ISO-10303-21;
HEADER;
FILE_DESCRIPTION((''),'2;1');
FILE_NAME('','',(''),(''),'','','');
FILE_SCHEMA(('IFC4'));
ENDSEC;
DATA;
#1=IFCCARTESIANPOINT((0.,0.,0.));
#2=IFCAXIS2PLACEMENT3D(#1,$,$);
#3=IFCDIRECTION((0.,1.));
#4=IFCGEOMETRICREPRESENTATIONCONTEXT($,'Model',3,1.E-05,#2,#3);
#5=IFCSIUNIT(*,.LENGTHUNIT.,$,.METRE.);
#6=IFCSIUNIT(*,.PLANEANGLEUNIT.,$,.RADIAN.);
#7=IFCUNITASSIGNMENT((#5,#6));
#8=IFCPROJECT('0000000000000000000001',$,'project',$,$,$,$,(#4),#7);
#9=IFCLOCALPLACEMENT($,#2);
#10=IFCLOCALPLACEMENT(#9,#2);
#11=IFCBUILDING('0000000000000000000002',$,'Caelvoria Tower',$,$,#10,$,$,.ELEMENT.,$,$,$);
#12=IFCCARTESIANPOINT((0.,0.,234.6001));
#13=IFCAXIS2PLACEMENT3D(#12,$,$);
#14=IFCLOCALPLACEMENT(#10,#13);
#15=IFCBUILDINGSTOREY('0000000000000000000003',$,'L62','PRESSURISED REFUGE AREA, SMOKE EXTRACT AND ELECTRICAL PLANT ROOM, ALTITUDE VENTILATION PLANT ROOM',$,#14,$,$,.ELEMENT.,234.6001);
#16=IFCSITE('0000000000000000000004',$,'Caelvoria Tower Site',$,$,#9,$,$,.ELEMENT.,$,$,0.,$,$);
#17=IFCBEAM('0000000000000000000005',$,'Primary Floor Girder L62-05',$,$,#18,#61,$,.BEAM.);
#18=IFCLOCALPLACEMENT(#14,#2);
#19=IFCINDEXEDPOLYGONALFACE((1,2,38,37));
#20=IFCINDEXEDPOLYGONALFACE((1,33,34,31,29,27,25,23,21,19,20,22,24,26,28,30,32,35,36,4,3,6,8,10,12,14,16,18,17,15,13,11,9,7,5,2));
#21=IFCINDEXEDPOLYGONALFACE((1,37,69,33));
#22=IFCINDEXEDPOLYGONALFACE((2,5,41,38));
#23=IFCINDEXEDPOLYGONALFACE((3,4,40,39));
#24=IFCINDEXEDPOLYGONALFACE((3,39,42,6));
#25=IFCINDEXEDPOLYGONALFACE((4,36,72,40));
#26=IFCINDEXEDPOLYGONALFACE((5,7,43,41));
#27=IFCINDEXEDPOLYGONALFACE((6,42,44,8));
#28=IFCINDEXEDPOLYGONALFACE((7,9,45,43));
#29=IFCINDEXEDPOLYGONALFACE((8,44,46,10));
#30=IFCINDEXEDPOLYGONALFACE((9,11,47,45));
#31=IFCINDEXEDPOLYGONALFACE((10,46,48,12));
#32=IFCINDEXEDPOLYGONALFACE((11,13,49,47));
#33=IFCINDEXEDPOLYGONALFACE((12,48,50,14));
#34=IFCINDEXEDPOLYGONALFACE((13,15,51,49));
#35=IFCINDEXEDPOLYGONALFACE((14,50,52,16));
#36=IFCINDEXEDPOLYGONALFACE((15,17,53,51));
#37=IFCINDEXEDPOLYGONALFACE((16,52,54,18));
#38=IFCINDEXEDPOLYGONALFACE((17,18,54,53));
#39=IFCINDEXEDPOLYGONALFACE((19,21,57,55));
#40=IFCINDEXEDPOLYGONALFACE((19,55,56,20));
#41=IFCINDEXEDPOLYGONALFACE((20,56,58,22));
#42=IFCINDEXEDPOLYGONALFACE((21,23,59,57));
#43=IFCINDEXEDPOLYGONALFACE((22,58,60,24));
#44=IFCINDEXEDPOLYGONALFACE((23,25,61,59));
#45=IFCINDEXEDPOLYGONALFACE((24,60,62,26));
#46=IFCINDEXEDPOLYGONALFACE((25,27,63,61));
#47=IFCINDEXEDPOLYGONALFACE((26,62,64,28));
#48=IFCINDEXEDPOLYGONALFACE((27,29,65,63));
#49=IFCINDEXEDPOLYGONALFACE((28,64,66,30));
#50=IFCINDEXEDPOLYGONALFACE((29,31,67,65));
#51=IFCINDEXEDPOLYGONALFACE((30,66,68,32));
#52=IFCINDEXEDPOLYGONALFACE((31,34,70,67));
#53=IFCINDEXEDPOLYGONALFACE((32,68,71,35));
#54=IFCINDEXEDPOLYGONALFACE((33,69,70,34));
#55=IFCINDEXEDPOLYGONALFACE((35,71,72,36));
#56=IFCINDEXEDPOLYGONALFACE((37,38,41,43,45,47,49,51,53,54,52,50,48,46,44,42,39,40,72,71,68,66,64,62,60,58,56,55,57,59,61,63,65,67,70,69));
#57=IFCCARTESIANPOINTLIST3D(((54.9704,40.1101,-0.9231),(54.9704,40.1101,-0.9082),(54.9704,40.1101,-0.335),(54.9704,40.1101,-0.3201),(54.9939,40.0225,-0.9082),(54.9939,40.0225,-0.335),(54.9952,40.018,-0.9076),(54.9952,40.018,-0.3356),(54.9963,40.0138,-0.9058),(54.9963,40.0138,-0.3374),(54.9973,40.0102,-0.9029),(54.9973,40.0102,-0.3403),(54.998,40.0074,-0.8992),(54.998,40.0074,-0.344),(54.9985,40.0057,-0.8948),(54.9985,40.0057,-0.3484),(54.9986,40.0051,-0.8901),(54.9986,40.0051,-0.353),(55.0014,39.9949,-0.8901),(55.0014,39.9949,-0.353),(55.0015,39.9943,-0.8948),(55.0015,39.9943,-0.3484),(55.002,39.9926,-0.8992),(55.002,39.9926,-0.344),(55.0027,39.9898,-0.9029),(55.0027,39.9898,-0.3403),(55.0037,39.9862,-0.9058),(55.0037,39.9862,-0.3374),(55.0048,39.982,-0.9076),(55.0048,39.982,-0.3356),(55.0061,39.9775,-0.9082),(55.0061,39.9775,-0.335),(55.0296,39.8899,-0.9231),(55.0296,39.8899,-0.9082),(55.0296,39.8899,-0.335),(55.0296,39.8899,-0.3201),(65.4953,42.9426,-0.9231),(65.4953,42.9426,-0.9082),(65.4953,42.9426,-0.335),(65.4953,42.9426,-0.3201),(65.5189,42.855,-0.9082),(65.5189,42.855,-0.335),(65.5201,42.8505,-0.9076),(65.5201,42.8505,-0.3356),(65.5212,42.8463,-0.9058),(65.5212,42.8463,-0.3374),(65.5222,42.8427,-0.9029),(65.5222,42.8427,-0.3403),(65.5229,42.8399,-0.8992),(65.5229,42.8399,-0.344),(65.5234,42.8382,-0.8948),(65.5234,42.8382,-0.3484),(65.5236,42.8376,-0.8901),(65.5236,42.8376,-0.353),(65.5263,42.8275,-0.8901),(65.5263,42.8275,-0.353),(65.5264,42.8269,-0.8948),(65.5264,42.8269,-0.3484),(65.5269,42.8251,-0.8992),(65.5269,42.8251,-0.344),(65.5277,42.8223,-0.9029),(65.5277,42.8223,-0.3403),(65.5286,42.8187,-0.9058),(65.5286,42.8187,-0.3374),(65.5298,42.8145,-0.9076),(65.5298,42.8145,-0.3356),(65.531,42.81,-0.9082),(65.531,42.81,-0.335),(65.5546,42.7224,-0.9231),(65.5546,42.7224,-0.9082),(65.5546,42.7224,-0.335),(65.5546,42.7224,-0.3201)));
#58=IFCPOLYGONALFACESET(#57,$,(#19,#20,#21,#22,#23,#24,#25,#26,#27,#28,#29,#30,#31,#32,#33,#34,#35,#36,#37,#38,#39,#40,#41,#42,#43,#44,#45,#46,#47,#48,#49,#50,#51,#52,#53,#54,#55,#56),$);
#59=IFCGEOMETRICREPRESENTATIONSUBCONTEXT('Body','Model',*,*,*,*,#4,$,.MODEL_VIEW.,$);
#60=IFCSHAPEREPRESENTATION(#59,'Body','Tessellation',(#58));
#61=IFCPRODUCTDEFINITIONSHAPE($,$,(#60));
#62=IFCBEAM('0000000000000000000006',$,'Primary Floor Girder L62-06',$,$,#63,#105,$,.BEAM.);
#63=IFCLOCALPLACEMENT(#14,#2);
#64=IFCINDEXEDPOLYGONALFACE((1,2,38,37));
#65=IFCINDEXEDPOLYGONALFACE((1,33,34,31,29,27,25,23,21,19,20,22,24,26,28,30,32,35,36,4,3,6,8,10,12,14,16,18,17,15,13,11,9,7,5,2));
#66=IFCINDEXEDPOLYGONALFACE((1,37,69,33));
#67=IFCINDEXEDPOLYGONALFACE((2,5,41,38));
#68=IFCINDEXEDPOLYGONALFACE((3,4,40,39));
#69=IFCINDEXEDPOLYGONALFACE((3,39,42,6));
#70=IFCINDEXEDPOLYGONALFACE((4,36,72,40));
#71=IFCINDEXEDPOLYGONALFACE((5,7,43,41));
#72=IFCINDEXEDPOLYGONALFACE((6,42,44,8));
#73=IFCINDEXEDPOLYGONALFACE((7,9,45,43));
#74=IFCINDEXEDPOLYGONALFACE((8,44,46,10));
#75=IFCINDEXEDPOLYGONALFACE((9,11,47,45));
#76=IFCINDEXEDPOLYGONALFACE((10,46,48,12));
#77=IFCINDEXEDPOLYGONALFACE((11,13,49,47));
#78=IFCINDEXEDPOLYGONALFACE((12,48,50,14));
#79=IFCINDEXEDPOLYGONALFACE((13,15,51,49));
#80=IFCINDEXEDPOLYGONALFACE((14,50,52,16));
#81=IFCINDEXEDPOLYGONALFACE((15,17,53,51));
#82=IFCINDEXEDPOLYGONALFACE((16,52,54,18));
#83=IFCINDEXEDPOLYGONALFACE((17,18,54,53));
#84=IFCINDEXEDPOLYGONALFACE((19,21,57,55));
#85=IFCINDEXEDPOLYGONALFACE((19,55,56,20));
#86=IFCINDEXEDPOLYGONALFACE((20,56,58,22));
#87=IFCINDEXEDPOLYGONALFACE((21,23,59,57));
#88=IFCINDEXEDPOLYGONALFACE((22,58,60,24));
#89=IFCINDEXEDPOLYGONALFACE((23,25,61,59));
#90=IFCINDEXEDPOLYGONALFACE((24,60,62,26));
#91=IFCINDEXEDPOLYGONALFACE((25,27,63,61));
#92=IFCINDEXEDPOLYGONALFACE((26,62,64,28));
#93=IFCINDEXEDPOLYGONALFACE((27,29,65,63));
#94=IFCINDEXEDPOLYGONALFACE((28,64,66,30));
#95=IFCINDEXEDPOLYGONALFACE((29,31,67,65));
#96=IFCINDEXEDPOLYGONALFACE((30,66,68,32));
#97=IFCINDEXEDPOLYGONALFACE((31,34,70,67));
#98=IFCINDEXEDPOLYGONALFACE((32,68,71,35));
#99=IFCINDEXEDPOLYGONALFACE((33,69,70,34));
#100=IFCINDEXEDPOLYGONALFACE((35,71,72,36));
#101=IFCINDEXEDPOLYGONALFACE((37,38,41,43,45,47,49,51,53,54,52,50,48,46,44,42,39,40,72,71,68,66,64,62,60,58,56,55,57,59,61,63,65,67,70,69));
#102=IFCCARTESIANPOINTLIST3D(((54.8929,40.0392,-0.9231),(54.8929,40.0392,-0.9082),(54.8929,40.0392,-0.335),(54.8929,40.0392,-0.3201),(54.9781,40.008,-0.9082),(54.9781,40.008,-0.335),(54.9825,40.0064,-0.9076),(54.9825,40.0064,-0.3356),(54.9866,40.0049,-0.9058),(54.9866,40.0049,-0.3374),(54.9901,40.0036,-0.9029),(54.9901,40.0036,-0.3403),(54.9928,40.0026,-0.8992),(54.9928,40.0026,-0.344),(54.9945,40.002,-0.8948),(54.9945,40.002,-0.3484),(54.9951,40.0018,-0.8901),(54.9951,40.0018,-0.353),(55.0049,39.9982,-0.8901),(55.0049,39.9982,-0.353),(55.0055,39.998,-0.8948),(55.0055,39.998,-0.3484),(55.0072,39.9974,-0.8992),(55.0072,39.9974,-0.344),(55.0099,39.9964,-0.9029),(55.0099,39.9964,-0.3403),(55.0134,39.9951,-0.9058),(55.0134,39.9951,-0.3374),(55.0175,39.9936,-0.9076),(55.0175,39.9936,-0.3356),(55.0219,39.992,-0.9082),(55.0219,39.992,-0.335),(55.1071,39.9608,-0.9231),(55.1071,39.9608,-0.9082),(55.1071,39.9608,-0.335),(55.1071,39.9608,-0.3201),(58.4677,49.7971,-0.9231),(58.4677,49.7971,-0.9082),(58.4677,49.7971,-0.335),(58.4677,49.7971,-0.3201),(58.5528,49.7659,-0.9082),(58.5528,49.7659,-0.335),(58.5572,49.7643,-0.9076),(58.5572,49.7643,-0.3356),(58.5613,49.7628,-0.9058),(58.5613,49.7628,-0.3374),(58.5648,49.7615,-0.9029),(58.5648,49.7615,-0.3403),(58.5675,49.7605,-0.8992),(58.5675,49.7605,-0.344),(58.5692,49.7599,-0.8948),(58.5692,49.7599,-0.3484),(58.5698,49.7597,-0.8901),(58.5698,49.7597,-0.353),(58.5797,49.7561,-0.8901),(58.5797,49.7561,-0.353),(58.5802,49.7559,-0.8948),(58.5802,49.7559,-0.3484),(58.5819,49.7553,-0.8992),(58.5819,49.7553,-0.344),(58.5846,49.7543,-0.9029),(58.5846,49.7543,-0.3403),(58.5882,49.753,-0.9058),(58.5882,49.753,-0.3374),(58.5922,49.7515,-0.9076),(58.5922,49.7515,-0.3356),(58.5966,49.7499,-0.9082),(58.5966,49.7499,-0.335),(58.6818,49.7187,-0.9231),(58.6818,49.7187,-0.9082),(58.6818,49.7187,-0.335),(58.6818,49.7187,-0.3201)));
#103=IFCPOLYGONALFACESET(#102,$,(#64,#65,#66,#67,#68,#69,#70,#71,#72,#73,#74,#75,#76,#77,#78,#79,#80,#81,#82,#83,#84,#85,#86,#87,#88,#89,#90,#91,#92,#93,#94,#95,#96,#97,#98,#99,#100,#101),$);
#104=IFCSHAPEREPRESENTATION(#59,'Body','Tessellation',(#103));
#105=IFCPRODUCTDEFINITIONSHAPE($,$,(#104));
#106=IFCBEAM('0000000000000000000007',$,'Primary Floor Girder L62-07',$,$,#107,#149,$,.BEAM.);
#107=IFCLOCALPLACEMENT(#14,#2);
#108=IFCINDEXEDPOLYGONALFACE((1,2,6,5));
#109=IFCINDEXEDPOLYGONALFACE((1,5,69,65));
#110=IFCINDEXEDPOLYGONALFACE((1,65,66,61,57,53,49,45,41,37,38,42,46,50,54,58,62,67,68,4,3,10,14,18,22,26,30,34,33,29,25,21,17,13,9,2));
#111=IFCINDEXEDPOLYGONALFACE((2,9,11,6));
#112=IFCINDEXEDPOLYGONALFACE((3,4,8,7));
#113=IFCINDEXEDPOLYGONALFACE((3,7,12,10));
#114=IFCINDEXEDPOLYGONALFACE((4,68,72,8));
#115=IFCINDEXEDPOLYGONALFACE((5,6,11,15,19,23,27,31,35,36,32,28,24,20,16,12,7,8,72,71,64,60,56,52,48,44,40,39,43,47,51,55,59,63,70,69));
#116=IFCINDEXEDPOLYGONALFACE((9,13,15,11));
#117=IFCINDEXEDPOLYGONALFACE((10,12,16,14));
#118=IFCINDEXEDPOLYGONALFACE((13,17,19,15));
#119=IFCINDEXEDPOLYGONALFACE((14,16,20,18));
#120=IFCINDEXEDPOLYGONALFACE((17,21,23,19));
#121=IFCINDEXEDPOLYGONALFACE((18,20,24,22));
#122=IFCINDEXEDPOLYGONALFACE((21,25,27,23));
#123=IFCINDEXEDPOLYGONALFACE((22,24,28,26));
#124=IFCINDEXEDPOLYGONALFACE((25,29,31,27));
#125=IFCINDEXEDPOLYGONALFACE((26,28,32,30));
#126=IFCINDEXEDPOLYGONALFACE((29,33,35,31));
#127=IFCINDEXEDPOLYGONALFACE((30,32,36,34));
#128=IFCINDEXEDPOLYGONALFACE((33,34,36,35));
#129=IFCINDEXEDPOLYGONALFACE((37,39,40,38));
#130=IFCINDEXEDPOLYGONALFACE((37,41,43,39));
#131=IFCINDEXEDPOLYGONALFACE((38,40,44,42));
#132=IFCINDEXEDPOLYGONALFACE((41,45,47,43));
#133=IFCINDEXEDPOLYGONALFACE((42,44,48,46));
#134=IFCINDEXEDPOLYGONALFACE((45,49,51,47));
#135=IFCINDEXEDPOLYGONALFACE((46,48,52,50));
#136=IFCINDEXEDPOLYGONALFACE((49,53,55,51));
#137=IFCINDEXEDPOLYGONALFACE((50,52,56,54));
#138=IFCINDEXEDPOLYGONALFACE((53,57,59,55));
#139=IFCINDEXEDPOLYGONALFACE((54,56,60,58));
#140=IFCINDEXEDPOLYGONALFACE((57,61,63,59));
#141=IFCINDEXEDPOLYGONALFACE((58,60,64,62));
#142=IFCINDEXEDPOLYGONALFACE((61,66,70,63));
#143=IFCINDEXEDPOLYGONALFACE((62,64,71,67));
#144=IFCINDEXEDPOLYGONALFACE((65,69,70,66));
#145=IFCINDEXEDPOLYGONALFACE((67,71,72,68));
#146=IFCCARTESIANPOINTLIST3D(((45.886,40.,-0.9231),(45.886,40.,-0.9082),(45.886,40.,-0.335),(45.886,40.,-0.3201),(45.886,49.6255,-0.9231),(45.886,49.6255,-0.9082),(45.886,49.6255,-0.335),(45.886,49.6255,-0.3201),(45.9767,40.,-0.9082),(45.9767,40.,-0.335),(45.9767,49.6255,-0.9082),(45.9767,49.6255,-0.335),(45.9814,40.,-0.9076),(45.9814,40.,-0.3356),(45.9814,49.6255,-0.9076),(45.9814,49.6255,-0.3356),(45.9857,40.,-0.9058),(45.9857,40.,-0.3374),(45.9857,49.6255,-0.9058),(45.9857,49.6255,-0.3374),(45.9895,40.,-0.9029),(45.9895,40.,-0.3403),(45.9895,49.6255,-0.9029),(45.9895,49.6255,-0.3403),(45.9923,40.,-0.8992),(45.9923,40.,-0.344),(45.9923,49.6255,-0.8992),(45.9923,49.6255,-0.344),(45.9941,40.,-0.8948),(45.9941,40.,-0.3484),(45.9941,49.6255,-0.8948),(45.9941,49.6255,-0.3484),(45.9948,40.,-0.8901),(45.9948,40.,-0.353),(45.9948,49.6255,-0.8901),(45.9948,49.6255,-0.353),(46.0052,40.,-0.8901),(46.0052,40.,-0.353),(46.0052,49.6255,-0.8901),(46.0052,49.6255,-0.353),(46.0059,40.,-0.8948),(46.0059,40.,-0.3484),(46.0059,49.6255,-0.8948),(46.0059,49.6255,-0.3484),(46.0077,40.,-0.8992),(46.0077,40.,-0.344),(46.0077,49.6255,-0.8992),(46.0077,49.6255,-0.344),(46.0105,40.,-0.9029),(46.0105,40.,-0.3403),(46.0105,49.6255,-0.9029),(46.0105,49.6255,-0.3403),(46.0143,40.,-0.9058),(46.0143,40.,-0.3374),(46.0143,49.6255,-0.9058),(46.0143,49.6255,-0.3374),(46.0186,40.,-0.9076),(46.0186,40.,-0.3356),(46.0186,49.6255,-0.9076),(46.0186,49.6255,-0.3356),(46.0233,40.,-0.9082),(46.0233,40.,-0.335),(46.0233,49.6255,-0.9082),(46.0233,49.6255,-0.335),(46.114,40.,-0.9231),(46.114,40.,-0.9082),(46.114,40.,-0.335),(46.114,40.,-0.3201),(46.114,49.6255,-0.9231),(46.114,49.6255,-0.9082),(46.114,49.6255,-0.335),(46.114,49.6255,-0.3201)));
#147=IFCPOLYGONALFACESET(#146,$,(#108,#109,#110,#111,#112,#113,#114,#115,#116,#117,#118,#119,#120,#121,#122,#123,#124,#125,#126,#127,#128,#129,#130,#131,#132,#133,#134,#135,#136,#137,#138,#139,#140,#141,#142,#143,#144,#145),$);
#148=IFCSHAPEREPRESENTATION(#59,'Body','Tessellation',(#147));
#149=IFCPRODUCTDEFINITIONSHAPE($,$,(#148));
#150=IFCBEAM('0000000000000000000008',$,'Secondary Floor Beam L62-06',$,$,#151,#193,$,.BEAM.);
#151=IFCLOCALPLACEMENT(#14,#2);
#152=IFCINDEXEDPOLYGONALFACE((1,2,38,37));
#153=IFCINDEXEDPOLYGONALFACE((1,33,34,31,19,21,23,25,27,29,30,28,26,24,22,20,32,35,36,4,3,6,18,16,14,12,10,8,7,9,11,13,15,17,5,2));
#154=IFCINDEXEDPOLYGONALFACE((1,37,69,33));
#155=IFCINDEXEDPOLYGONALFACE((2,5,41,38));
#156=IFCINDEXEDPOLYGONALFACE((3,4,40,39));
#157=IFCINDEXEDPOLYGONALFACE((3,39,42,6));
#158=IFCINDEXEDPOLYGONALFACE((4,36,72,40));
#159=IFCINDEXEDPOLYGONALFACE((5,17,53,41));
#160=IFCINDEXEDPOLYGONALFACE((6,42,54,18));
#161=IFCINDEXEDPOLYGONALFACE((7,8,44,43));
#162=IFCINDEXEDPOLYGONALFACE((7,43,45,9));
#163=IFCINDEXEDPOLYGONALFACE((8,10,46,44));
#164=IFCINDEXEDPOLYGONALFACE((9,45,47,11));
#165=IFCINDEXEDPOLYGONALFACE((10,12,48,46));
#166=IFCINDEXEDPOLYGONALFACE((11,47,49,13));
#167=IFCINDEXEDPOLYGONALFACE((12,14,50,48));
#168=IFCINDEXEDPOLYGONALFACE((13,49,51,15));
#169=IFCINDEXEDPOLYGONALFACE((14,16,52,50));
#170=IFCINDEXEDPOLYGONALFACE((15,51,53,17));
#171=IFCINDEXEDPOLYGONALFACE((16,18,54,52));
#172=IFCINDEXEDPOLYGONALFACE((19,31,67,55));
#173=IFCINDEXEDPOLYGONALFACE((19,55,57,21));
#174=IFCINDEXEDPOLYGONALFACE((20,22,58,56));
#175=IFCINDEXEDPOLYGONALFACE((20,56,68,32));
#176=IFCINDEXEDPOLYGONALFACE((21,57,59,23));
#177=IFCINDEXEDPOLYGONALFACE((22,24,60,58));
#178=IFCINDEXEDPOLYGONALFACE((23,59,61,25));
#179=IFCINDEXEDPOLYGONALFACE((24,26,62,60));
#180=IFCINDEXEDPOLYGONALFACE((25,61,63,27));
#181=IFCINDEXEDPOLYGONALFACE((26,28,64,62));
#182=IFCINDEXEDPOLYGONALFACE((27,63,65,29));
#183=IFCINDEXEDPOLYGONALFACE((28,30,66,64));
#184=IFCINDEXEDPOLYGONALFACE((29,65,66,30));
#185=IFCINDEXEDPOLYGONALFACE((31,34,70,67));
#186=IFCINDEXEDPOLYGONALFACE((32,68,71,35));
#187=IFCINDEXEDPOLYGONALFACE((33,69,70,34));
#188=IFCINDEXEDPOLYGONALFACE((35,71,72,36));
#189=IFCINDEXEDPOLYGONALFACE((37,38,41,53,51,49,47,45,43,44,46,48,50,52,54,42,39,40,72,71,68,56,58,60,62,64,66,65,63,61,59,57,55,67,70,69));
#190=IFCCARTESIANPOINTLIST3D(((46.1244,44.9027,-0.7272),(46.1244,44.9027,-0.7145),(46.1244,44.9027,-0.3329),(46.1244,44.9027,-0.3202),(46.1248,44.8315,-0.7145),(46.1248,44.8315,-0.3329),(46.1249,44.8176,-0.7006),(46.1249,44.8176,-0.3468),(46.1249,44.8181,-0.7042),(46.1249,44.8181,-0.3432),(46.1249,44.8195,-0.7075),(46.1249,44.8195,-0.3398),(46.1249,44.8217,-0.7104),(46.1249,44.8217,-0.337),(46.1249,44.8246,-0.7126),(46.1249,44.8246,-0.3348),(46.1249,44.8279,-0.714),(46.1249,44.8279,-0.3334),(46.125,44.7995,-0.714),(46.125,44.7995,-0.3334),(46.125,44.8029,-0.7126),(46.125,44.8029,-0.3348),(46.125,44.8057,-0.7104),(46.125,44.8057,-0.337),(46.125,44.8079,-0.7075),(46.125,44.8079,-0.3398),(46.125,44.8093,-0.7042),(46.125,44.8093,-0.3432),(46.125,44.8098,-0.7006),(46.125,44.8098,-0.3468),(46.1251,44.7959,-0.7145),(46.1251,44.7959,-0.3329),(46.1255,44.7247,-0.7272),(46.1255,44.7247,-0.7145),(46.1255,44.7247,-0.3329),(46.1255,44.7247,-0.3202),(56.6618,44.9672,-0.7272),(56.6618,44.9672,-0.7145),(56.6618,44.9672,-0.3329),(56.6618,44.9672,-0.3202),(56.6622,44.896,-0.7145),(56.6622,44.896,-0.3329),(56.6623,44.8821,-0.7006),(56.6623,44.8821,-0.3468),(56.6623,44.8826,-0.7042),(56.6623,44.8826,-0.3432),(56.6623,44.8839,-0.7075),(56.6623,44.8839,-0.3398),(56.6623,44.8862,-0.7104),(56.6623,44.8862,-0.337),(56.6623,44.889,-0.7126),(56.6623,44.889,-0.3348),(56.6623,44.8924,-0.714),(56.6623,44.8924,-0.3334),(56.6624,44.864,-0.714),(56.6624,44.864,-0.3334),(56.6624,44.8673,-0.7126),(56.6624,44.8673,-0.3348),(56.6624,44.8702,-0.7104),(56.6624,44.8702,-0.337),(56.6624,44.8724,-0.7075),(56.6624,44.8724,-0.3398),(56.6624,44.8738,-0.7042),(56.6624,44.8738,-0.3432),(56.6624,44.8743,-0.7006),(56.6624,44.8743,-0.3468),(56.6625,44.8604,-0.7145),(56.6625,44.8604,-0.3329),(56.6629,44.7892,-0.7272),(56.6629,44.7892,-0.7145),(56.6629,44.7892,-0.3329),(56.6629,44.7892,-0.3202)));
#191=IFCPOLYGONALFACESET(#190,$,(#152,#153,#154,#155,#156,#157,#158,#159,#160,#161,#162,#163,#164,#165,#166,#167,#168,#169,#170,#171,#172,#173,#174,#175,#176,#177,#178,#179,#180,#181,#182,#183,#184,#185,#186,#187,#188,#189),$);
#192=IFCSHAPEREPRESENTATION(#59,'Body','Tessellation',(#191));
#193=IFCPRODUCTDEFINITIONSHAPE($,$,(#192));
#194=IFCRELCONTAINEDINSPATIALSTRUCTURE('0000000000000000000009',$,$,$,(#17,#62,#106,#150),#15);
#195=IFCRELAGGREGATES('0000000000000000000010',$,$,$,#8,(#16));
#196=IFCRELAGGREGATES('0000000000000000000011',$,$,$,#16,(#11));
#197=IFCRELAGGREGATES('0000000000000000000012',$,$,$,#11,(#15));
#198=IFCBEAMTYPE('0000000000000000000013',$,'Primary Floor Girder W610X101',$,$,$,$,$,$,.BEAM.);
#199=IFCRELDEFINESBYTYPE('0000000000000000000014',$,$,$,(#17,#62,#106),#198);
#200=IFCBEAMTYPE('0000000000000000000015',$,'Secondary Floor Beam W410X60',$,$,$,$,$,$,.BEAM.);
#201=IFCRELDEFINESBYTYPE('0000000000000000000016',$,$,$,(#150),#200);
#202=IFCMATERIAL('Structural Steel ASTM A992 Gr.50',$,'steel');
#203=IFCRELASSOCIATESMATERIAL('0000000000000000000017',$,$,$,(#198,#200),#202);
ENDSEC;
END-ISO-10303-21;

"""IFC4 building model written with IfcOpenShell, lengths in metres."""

from ifc_helpers import new_model, si_unit, direction, frame, origin, origin_2d, place, context, subcontext, project, spatial, i_section, extrude, material, material_profile, profile_set, type_object, element, save


model = new_model("IFC4")

# Units and contexts
model_context = context("Model", 3, precision=1e-05, world=origin(), true_north=direction((0.0, 1.0)))
body_context = subcontext(model_context, "Body", "Model", "MODEL_VIEW")
ifc_project = project(units=[si_unit("LENGTHUNIT", "METRE"), si_unit("PLANEANGLEUNIT", "RADIAN")], contexts=[model_context])

# Site, building, storey
site_placement = place(None, origin())
site = spatial("IfcSite", under=ifc_project, at=site_placement, Name="Caelvoria Tower Site", CompositionType="ELEMENT", RefElevation=0.0)
building_placement = place(site_placement, origin())
building = spatial("IfcBuilding", under=site, at=building_placement, Name="Caelvoria Tower", CompositionType="ELEMENT")
storey_placement = place(building_placement, frame((0.0, 0.0, 234.6001)))
storey = spatial("IfcBuildingStorey", under=building, at=storey_placement, Name="L62", Description="PRESSURISED REFUGE AREA, SMOKE EXTRACT AND ELECTRICAL PLANT ROOM, ALTITUDE VENTILATION PLANT ROOM", CompositionType="ELEMENT", Elevation=234.6001)

# Shared definitions
ifc_material_1 = material(Name="Structural Steel ASTM A992 Gr.50", Category="steel")

# Beams
ifc_material_profile_1 = material_profile(ifc_material_1, i_section(OverallWidth=0.228, OverallDepth=0.603, WebThickness=0.0105, FlangeThickness=0.0149, FilletRadius=0.0181, at=origin_2d()), Name="Structural Steel ASTM A992 Gr.50")
ifc_profile_set_1 = profile_set([ifc_material_profile_1], Name="W610X101 - Structural Steel ASTM A992 Gr.50")
beam_type_1 = type_object("IfcBeamType", Name="Primary Floor Girder W610X101", PredefinedType="BEAM", material=ifc_profile_set_1)
beam_1_placement = place(storey_placement, frame((55.0, 40.0, -0.6216), z_axis=(0.965641, 0.259879, 0.0), x_axis=(-0.259879, 0.965641, 0.0)))
element("IfcBeam", 1, at=beam_1_placement, inside=storey, type_object=beam_type_1, Name="Primary Floor Girder L62-05", PredefinedType="BEAM", context=body_context, shape_type="SweptSolid", body=[
    extrude(i_section(OverallWidth=0.228, OverallDepth=0.603, WebThickness=0.0105, FlangeThickness=0.0149, FilletRadius=0.0181, at=origin_2d()), origin(), (0.0, 0.0, 1.0), 10.8994),
])
beam_2_placement = place(storey_placement, frame((55.0, 40.0, -0.6216), z_axis=(0.343987, 0.938974, 0.0), x_axis=(-0.938974, 0.343987, 0.0)))
element("IfcBeam", 2, at=beam_2_placement, inside=storey, type_object=beam_type_1, Name="Primary Floor Girder L62-06", PredefinedType="BEAM", context=body_context, shape_type="SweptSolid", body=[
    extrude(i_section(OverallWidth=0.228, OverallDepth=0.603, WebThickness=0.0105, FlangeThickness=0.0149, FilletRadius=0.0181, at=origin_2d()), origin(), (0.0, 0.0, 1.0), 10.3921),
])
beam_3_placement = place(storey_placement, frame((46.0, 40.0, -0.6216), z_axis=(0.0, 1.0, 0.0), x_axis=(-1.0, 0.0, 0.0)))
element("IfcBeam", 3, at=beam_3_placement, inside=storey, type_object=beam_type_1, Name="Primary Floor Girder L62-07", PredefinedType="BEAM", context=body_context, shape_type="SweptSolid", body=[
    extrude(i_section(OverallWidth=0.228, OverallDepth=0.603, WebThickness=0.0105, FlangeThickness=0.0149, FilletRadius=0.0181, at=origin_2d()), origin(), (0.0, 0.0, 1.0), 9.6255),
])
ifc_material_profile_2 = material_profile(ifc_material_1, i_section(OverallWidth=0.178, OverallDepth=0.407, WebThickness=0.0078, FlangeThickness=0.0127, FilletRadius=0.0139, at=origin_2d()), Name="Structural Steel ASTM A992 Gr.50")
ifc_profile_set_2 = profile_set([ifc_material_profile_2], Name="W410X60 - Structural Steel ASTM A992 Gr.50")
beam_type_2 = type_object("IfcBeamType", Name="Secondary Floor Beam W410X60", PredefinedType="BEAM", material=ifc_profile_set_2)
for number, where, z_axis, x_axis, name in (
    (4, (56.6624, 44.8782, -0.5237), (-0.999981, -0.006117, 0.0), (0.006117, -0.999981, 0.0), "Secondary Floor Beam L62-06"),
):
    element("IfcBeam", number, at=place(storey_placement, frame(where, z_axis=z_axis, x_axis=x_axis)), inside=storey, type_object=beam_type_2, Name=name, PredefinedType="BEAM", context=body_context, shape_type="SweptSolid", body=[
        extrude(i_section(OverallWidth=0.178, OverallDepth=0.407, WebThickness=0.0078, FlangeThickness=0.0127, FilletRadius=0.0139, at=origin_2d()), origin(), (0.0, 0.0, 1.0), 10.5376),
    ])

save(model, "model.ifc")
